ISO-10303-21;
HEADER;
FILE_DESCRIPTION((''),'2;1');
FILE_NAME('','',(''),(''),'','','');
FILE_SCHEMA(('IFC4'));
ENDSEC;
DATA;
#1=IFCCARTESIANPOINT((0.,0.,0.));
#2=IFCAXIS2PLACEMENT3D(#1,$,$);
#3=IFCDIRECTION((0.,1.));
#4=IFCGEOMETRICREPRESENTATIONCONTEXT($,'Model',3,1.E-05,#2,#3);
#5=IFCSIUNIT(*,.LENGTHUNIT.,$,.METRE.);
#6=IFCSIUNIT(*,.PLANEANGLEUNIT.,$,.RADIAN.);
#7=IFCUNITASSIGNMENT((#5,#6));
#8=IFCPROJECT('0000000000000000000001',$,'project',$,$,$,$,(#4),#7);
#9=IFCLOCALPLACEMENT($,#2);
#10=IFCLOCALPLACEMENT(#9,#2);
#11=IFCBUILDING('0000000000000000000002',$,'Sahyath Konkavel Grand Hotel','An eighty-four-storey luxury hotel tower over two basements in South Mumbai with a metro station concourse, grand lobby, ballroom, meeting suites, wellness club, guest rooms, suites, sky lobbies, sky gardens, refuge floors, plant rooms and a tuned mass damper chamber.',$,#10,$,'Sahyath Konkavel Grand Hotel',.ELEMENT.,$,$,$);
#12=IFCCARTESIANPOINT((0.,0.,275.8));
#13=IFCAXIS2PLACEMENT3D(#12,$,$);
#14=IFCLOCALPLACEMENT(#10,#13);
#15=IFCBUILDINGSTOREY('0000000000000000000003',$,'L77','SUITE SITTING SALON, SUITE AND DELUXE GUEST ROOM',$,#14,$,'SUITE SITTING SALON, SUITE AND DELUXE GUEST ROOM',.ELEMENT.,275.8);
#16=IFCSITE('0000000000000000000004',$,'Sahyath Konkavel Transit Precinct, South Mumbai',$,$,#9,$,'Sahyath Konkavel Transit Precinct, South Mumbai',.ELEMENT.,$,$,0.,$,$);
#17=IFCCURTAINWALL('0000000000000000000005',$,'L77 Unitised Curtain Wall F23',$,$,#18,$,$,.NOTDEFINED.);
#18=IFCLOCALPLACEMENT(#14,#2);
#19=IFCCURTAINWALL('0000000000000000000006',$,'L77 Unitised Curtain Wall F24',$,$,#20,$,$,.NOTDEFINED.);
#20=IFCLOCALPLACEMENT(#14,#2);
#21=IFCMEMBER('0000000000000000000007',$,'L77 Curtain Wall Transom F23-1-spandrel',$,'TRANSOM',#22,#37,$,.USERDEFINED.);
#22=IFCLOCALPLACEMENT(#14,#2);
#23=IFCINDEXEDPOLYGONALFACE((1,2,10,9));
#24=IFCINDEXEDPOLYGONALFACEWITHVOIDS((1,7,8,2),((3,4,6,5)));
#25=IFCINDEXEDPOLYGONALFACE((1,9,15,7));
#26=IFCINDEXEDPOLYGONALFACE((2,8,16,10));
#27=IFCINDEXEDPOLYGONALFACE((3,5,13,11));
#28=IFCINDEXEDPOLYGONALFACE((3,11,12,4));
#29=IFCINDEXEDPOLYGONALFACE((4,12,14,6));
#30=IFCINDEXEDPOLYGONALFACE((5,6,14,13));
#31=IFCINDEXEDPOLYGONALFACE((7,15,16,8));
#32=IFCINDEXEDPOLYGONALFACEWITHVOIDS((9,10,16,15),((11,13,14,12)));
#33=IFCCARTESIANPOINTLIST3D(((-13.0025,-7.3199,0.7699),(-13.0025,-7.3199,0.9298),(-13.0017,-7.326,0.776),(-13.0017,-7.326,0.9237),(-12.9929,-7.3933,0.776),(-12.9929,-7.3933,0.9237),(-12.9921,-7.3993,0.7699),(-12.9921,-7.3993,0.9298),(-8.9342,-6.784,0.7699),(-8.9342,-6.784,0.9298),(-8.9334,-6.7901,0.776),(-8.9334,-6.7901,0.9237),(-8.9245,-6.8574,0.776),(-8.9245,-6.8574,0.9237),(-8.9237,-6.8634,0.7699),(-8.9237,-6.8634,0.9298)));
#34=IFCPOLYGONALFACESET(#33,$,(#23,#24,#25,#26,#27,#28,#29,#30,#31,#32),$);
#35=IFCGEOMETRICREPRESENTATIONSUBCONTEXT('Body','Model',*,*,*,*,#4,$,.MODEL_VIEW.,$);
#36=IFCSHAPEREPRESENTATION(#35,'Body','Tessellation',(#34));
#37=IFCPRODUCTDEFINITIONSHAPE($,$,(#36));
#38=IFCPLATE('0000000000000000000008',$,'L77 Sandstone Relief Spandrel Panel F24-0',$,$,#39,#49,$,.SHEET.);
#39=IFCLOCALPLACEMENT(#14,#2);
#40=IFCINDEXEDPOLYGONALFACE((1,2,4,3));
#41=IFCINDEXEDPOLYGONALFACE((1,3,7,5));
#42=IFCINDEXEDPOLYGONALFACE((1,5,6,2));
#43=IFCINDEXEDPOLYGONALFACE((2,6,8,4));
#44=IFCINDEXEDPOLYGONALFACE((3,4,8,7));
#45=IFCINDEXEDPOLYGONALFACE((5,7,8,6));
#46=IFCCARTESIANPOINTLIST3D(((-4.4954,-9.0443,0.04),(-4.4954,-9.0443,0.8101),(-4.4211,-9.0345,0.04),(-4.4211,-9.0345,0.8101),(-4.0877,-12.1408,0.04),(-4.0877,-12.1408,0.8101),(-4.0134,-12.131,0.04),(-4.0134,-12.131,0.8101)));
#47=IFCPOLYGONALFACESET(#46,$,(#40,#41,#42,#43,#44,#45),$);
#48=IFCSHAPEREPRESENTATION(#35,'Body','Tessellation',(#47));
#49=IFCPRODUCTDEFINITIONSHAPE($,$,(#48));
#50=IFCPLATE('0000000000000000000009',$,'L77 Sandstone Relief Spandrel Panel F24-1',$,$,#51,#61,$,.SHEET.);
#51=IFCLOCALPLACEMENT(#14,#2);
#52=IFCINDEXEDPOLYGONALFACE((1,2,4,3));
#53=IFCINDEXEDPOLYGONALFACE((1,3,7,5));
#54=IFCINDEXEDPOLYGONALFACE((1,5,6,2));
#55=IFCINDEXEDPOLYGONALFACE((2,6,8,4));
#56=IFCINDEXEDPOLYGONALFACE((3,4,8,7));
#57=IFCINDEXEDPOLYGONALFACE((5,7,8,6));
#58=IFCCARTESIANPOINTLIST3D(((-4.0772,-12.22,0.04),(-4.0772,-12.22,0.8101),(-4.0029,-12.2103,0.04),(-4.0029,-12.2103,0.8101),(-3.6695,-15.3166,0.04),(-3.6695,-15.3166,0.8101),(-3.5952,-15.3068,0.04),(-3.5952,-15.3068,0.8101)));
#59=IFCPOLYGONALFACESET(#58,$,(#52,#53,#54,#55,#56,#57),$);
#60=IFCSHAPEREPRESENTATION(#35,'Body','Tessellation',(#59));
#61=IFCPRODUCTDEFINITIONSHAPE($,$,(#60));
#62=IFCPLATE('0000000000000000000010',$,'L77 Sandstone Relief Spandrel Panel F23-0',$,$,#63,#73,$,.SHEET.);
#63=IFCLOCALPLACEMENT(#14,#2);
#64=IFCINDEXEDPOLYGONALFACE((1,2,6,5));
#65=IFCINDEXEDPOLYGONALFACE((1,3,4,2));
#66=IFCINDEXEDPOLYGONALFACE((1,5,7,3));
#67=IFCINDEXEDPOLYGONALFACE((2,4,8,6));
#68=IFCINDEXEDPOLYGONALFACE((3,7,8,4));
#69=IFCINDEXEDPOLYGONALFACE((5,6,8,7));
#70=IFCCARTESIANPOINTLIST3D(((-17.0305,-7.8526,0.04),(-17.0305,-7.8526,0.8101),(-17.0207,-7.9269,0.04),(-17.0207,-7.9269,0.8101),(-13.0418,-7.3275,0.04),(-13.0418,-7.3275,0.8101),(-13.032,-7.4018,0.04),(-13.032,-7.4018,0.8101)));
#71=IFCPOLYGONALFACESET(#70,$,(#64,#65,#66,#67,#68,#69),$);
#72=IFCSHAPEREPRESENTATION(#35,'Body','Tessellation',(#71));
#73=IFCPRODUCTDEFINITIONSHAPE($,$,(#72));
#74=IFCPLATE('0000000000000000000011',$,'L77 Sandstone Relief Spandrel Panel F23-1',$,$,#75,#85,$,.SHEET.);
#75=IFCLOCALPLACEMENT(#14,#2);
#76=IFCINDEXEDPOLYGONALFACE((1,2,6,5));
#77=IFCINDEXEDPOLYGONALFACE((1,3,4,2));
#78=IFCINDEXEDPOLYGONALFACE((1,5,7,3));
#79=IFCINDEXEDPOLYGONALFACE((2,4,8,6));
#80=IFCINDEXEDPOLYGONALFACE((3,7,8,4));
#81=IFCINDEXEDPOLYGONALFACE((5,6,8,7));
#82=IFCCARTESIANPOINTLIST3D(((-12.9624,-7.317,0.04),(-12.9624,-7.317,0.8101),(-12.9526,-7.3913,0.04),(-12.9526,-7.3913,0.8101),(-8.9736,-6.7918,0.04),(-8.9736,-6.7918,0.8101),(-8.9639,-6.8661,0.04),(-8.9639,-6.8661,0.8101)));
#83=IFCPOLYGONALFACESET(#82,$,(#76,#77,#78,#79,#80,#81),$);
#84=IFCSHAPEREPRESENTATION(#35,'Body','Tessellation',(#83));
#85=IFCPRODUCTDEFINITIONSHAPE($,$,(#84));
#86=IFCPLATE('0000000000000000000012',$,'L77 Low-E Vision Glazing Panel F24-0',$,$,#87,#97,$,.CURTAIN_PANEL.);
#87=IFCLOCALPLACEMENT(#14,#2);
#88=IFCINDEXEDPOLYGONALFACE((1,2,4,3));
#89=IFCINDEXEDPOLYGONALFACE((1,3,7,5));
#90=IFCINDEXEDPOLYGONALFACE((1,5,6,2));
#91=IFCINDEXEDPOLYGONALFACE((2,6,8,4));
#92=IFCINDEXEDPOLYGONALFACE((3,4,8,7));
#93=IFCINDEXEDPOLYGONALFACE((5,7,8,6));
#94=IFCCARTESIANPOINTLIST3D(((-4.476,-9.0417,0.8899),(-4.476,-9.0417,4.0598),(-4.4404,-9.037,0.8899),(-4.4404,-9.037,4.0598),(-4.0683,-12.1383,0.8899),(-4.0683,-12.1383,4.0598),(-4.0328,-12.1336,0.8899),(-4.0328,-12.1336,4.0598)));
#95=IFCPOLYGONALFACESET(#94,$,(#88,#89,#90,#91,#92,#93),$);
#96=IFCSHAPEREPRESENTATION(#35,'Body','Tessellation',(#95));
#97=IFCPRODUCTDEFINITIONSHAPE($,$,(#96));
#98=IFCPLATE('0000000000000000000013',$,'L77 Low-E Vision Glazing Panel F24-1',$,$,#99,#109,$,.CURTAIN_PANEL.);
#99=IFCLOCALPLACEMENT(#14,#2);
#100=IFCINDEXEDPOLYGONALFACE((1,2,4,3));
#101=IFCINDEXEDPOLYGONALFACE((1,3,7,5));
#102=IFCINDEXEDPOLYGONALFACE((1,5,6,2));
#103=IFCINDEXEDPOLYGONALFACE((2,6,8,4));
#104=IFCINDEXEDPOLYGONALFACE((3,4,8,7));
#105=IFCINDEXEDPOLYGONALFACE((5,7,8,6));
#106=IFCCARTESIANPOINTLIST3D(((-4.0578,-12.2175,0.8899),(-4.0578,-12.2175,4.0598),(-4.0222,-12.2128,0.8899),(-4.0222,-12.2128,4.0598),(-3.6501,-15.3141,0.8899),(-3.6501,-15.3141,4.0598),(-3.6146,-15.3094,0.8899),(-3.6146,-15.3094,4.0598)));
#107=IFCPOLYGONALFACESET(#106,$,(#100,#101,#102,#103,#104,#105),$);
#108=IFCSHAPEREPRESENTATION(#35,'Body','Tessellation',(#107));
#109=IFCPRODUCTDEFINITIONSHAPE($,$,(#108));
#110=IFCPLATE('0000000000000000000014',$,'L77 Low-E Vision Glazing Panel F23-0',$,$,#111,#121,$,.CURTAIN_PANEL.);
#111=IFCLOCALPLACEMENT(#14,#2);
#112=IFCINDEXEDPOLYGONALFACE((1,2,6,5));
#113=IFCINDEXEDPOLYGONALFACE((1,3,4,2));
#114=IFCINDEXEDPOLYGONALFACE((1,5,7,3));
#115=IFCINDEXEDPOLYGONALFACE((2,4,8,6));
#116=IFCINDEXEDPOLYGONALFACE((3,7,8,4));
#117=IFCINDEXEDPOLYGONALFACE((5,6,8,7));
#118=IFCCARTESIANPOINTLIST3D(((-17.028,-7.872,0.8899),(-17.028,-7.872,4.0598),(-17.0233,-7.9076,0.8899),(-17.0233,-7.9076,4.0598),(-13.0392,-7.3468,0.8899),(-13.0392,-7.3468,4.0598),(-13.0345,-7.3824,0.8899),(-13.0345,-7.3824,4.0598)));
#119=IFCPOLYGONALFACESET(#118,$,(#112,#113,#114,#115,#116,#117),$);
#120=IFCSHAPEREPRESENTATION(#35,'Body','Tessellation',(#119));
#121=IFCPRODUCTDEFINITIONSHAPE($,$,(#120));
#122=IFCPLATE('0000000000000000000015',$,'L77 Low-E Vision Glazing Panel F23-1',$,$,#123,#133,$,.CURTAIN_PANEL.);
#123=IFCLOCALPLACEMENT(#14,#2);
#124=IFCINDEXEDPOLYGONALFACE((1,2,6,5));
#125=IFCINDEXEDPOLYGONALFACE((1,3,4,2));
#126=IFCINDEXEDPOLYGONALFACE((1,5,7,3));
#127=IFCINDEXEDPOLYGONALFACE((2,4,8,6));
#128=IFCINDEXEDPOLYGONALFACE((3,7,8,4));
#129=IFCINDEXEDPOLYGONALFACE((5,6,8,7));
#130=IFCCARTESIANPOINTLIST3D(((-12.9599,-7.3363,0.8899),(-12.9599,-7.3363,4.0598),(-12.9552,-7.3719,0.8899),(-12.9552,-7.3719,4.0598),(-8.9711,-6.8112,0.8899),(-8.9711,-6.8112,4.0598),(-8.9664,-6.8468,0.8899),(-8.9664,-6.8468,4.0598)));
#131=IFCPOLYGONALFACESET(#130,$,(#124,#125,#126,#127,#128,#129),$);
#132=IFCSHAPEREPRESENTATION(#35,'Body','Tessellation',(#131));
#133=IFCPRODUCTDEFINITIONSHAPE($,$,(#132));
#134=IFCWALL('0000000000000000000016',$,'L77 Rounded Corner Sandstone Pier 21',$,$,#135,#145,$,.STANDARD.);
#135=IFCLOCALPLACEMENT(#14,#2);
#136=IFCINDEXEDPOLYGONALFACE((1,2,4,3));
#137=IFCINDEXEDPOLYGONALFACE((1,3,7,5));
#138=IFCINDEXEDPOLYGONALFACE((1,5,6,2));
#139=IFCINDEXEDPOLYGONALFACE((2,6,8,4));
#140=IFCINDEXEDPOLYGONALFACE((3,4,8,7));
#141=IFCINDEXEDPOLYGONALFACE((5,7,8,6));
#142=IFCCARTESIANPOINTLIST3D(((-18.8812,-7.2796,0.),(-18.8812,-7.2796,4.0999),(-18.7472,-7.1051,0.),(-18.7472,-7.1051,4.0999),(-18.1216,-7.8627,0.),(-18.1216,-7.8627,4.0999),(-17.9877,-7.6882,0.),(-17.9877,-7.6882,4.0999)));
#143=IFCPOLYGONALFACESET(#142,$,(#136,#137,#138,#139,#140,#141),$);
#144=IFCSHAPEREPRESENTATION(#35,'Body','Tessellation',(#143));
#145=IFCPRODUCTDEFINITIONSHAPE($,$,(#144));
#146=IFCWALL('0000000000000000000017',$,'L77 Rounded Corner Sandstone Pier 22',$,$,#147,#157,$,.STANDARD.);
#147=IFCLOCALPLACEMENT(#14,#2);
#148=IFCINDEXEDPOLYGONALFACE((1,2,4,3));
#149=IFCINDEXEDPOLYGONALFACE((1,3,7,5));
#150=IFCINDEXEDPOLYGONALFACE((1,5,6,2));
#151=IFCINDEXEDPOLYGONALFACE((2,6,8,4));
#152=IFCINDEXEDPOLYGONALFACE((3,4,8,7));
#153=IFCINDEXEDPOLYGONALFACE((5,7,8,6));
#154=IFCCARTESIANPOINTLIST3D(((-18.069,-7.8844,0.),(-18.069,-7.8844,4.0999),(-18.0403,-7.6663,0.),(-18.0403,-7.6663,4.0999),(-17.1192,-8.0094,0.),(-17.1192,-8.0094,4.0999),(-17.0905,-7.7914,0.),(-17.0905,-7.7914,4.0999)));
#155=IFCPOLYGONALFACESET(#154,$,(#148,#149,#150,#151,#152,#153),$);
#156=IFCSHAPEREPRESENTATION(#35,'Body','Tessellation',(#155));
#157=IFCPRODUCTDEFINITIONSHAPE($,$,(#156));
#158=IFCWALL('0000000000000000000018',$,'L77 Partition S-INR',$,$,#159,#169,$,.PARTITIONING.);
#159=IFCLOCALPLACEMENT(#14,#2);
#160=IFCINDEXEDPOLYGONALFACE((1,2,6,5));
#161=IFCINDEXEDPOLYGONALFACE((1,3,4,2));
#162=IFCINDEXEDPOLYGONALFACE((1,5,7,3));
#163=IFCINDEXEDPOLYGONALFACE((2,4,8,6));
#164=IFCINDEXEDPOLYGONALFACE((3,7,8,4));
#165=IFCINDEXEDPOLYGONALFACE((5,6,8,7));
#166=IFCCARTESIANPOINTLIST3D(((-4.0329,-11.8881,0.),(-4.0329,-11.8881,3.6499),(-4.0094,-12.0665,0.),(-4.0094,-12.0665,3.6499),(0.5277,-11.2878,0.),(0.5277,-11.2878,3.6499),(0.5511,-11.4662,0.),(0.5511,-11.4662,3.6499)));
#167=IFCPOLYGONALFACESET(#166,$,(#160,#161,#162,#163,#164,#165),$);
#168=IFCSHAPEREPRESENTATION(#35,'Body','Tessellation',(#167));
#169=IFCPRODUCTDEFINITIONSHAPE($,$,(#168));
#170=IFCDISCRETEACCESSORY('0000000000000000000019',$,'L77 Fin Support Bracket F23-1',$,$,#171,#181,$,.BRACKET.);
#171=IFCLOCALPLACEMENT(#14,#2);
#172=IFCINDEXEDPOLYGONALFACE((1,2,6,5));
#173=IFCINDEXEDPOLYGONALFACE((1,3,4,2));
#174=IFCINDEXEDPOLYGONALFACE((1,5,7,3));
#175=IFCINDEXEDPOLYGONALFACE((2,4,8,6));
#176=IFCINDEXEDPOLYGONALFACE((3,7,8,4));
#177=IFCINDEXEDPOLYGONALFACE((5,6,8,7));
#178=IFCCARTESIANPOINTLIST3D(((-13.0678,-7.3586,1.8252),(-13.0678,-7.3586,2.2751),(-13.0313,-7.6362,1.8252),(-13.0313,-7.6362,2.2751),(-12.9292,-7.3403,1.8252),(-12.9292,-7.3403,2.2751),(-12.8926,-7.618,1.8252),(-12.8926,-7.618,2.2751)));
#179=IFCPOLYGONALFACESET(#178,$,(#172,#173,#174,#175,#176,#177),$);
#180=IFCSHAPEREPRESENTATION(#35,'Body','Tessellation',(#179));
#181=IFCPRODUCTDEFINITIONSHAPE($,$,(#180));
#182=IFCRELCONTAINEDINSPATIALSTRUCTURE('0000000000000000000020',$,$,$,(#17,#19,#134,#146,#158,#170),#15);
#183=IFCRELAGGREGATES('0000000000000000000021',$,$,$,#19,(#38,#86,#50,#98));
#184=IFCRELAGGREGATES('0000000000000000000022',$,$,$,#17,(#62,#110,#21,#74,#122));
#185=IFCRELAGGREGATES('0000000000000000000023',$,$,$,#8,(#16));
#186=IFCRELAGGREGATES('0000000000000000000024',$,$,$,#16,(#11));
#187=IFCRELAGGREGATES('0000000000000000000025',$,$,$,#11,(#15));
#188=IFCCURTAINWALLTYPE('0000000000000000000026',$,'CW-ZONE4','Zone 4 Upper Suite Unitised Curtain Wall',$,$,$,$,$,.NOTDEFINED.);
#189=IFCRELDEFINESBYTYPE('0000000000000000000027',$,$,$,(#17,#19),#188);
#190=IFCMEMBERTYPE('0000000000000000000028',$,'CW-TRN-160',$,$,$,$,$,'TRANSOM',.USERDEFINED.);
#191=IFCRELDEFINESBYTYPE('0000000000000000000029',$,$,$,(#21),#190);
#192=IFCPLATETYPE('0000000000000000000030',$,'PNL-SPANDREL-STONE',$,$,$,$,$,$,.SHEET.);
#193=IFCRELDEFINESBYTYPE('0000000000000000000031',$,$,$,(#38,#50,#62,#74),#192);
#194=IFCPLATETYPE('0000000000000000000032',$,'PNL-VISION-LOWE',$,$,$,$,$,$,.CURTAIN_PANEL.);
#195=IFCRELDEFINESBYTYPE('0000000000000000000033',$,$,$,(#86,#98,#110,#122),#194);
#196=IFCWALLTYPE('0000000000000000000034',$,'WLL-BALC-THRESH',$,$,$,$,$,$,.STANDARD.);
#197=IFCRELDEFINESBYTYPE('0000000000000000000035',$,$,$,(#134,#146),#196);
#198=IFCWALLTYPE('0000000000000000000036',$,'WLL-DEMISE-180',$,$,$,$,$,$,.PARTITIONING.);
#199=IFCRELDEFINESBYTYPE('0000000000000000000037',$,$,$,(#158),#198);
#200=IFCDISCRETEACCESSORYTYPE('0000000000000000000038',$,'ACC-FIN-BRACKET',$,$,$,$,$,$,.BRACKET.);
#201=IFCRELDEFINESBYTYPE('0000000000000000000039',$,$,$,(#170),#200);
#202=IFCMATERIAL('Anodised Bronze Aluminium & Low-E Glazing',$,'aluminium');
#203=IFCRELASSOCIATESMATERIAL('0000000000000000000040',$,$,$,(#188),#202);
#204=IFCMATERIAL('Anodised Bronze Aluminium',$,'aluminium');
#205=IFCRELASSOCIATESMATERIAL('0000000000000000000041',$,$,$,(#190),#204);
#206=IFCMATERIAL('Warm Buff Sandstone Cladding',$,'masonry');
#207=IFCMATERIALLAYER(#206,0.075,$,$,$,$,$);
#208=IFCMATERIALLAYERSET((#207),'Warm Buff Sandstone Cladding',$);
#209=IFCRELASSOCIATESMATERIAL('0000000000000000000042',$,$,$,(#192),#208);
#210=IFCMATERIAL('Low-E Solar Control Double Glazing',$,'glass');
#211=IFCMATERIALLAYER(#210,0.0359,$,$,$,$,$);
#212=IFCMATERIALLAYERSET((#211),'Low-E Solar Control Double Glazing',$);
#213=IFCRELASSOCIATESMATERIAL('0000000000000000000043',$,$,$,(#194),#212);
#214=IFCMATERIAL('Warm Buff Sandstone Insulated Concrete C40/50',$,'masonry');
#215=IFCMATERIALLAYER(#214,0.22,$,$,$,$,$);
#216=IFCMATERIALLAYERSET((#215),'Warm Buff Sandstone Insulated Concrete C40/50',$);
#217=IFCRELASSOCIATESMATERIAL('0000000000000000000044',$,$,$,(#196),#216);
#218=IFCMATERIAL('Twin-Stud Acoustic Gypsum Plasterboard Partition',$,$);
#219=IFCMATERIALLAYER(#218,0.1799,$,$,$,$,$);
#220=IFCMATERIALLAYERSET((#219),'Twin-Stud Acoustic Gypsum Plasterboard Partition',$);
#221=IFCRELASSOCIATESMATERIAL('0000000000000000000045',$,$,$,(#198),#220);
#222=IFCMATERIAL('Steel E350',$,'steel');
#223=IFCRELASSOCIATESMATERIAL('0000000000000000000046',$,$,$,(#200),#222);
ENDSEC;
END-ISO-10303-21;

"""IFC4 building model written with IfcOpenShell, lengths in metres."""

from ifc_helpers import new_model, si_unit, direction, frame, frame_2d, origin, origin_2d, place, context, subcontext, project, spatial, rectangle, hollow_rectangle, extrude, source, transform, mapped, material, layer, layer_set, material_profile, profile_set, type_object, element, aggregate, save


model = new_model("IFC4")

# Units and contexts
model_context = context("Model", 3, precision=1e-05, world=origin(), true_north=direction((0.0, 1.0)))
body_context = subcontext(model_context, "Body", "Model", "MODEL_VIEW")
ifc_project = project(units=[si_unit("LENGTHUNIT", "METRE"), si_unit("PLANEANGLEUNIT", "RADIAN")], contexts=[model_context])

# Site, building, storey
site_placement = place(None, origin())
site = spatial("IfcSite", under=ifc_project, at=site_placement, Name="Sahyath Konkavel Transit Precinct, South Mumbai", LongName="Sahyath Konkavel Transit Precinct, South Mumbai", CompositionType="ELEMENT", RefElevation=0.0)
building_placement = place(site_placement, origin())
building = spatial("IfcBuilding", under=site, at=building_placement, Name="Sahyath Konkavel Grand Hotel", Description="An eighty-four-storey luxury hotel tower over two basements in South Mumbai with a metro station concourse, grand lobby, ballroom, meeting suites, wellness club, guest rooms, suites, sky lobbies, sky gardens, refuge floors, plant rooms and a tuned mass damper chamber.", LongName="Sahyath Konkavel Grand Hotel", CompositionType="ELEMENT")
storey_placement = place(building_placement, frame((0.0, 0.0, 275.8)))
storey = spatial("IfcBuildingStorey", under=building, at=storey_placement, Name="L77", Description="SUITE SITTING SALON, SUITE AND DELUXE GUEST ROOM", LongName="SUITE SITTING SALON, SUITE AND DELUXE GUEST ROOM", CompositionType="ELEMENT", Elevation=275.8)

# Shared definitions
ifc_material_1 = material(Name="Anodised Bronze Aluminium & Low-E Glazing", Category="aluminium")
curtain_wall_type = type_object("IfcCurtainWallType", Name="CW-ZONE4", Description="Zone 4 Upper Suite Unitised Curtain Wall", PredefinedType="NOTDEFINED", material=ifc_material_1)
ifc_material_2 = material(Name="Anodised Bronze Aluminium", Category="aluminium")

# Curtain walls
curtain_wall_1_placement = place(storey_placement, origin())
curtain_wall_1 = element("IfcCurtainWall", 1, at=curtain_wall_1_placement, inside=storey, type_object=curtain_wall_type, Name="L77 Unitised Curtain Wall F23", PredefinedType="NOTDEFINED")
curtain_wall_2_placement = place(storey_placement, origin())
curtain_wall_2 = element("IfcCurtainWall", 2, at=curtain_wall_2_placement, inside=storey, type_object=curtain_wall_type, Name="L77 Unitised Curtain Wall F24", PredefinedType="NOTDEFINED")

# Member
ifc_material_profile_1 = material_profile(ifc_material_2, hollow_rectangle(XDim=0.0801, YDim=0.1599, WallThickness=0.0061, at=origin_2d()), Name="RHS 160x80x6")
ifc_profile_set_1 = profile_set([ifc_material_profile_1], Name="Anodised Bronze Aluminium")
member_type_1 = type_object("IfcMemberType", Name="CW-TRN-160", ElementType="TRANSOM", PredefinedType="USERDEFINED", material=ifc_profile_set_1)
shared_shape_1 = source(origin(), body_context, "Body", "SweptSolid", [
    extrude(hollow_rectangle(XDim=0.0801, YDim=0.1599, WallThickness=0.0061, at=origin_2d()), origin(), (0.0, 0.0, 1.0), 4.1035),
])
member_1_placement = place(storey_placement, frame((-12.9973, -7.3596, 0.8499), z_axis=(0.991436, 0.130593, 0.0), x_axis=(-0.130593, 0.991436, 0.0)))
member_1 = element("IfcMember", 3, at=member_1_placement, type_object=member_type_1, Name="L77 Curtain Wall Transom F23-1-spandrel", ObjectType="TRANSOM", PredefinedType="USERDEFINED", context=body_context, shape_type="MappedRepresentation", body=[
    mapped(shared_shape_1, transform((0.0, 0.0, 0.0), scale=1.0)),
])

# Plates
ifc_material_3 = material(Name="Warm Buff Sandstone Cladding", Category="masonry")
ifc_layer_1 = layer(ifc_material_3, 0.075)
ifc_layer_set_1 = layer_set([ifc_layer_1], Name="Warm Buff Sandstone Cladding")
plate_type_1 = type_object("IfcPlateType", Name="PNL-SPANDREL-STONE", PredefinedType="SHEET", material=ifc_layer_set_1)
shared_shape_2 = source(origin(), body_context, "Body", "SweptSolid", [
    extrude(rectangle(XDim=3.1233, YDim=0.075, at=origin_2d()), origin(), (0.0, 0.0, 1.0), 0.77),
])
plate_1_placement = place(storey_placement, frame((-4.2544, -10.5876, 0.04), z_axis=(0.0, 0.0, 1.0), x_axis=(0.130526, -0.991445, 0.0)))
plate_1 = element("IfcPlate", 4, at=plate_1_placement, type_object=plate_type_1, Name="L77 Sandstone Relief Spandrel Panel F24-0", PredefinedType="SHEET", context=body_context, shape_type="MappedRepresentation", body=[
    mapped(shared_shape_2, transform((0.0, 0.0, 0.0), scale=1.0)),
])
plate_2_placement = place(storey_placement, frame((-3.8362, -13.7634, 0.04), z_axis=(0.0, 0.0, 1.0), x_axis=(0.130526, -0.991445, 0.0)))
plate_2 = element("IfcPlate", 5, at=plate_2_placement, type_object=plate_type_1, Name="L77 Sandstone Relief Spandrel Panel F24-1", PredefinedType="SHEET", context=body_context, shape_type="MappedRepresentation", body=[
    mapped(shared_shape_2, transform((0.0, 0.0, 0.0), scale=1.0)),
])
shared_shape_3 = source(origin(), body_context, "Body", "SweptSolid", [
    extrude(rectangle(XDim=4.0232, YDim=0.075, at=origin_2d()), origin(), (0.0, 0.0, 1.0), 0.77),
])
plate_3_placement = place(storey_placement, frame((-15.0312, -7.6272, 0.04), z_axis=(0.0, 0.0, 1.0), x_axis=(0.991445, 0.130526, 0.0)))
plate_3 = element("IfcPlate", 6, at=plate_3_placement, type_object=plate_type_1, Name="L77 Sandstone Relief Spandrel Panel F23-0", PredefinedType="SHEET", context=body_context, shape_type="MappedRepresentation", body=[
    mapped(shared_shape_3, transform((0.0, 0.0, 0.0), scale=1.0)),
])
plate_4_placement = place(storey_placement, frame((-10.9631, -7.0916, 0.04), z_axis=(0.0, 0.0, 1.0), x_axis=(0.991445, 0.130526, 0.0)))
plate_4 = element("IfcPlate", 7, at=plate_4_placement, type_object=plate_type_1, Name="L77 Sandstone Relief Spandrel Panel F23-1", PredefinedType="SHEET", context=body_context, shape_type="MappedRepresentation", body=[
    mapped(shared_shape_3, transform((0.0, 0.0, 0.0), scale=1.0)),
])
ifc_material_4 = material(Name="Low-E Solar Control Double Glazing", Category="glass")
ifc_layer_2 = layer(ifc_material_4, 0.0359)
ifc_layer_set_2 = layer_set([ifc_layer_2], Name="Low-E Solar Control Double Glazing")
plate_type_2 = type_object("IfcPlateType", Name="PNL-VISION-LOWE", PredefinedType="CURTAIN_PANEL", material=ifc_layer_set_2)
shared_shape_4 = source(origin(), body_context, "Body", "SweptSolid", [
    extrude(rectangle(XDim=3.1233, YDim=0.0359, at=origin_2d()), origin(), (0.0, 0.0, 1.0), 3.1699),
])
plate_5_placement = place(storey_placement, frame((-4.2544, -10.5876, 0.8899), z_axis=(0.0, 0.0, 1.0), x_axis=(0.130526, -0.991445, 0.0)))
plate_5 = element("IfcPlate", 8, at=plate_5_placement, type_object=plate_type_2, Name="L77 Low-E Vision Glazing Panel F24-0", PredefinedType="CURTAIN_PANEL", context=body_context, shape_type="MappedRepresentation", body=[
    mapped(shared_shape_4, transform((0.0, 0.0, 0.0), scale=1.0)),
])
plate_6_placement = place(storey_placement, frame((-3.8362, -13.7634, 0.8899), z_axis=(0.0, 0.0, 1.0), x_axis=(0.130526, -0.991445, 0.0)))
plate_6 = element("IfcPlate", 9, at=plate_6_placement, type_object=plate_type_2, Name="L77 Low-E Vision Glazing Panel F24-1", PredefinedType="CURTAIN_PANEL", context=body_context, shape_type="MappedRepresentation", body=[
    mapped(shared_shape_4, transform((0.0, 0.0, 0.0), scale=1.0)),
])
aggregate(curtain_wall_2, [plate_1, plate_5, plate_2, plate_6])
shared_shape_5 = source(origin(), body_context, "Body", "SweptSolid", [
    extrude(rectangle(XDim=4.0232, YDim=0.0359, at=origin_2d()), origin(), (0.0, 0.0, 1.0), 3.1699),
])
plate_7_placement = place(storey_placement, frame((-15.0312, -7.6272, 0.8899), z_axis=(0.0, 0.0, 1.0), x_axis=(0.991445, 0.130526, 0.0)))
plate_7 = element("IfcPlate", 10, at=plate_7_placement, type_object=plate_type_2, Name="L77 Low-E Vision Glazing Panel F23-0", PredefinedType="CURTAIN_PANEL", context=body_context, shape_type="MappedRepresentation", body=[
    mapped(shared_shape_5, transform((0.0, 0.0, 0.0), scale=1.0)),
])
plate_8_placement = place(storey_placement, frame((-10.9631, -7.0916, 0.8899), z_axis=(0.0, 0.0, 1.0), x_axis=(0.991445, 0.130526, 0.0)))
plate_8 = element("IfcPlate", 11, at=plate_8_placement, type_object=plate_type_2, Name="L77 Low-E Vision Glazing Panel F23-1", PredefinedType="CURTAIN_PANEL", context=body_context, shape_type="MappedRepresentation", body=[
    mapped(shared_shape_5, transform((0.0, 0.0, 0.0), scale=1.0)),
])
aggregate(curtain_wall_1, [plate_3, plate_7, member_1, plate_4, plate_8])

# Walls
ifc_material_5 = material(Name="Warm Buff Sandstone Insulated Concrete C40/50", Category="masonry")
ifc_layer_3 = layer(ifc_material_5, 0.22)
ifc_layer_set_3 = layer_set([ifc_layer_3], Name="Warm Buff Sandstone Insulated Concrete C40/50")
wall_type_1 = type_object("IfcWallType", Name="WLL-BALC-THRESH", PredefinedType="STANDARD", material=ifc_layer_set_3)
wall_1_placement = place(storey_placement, frame((-18.8142, -7.1924, 0.0), z_axis=(0.0, 0.0, 1.0), x_axis=(0.793249, -0.608897, 0.0)))
element("IfcWall", 12, at=wall_1_placement, inside=storey, type_object=wall_type_1, Name="L77 Rounded Corner Sandstone Pier 21", PredefinedType="STANDARD", context=body_context, shape_type="SweptSolid", body=[
    extrude(rectangle(XDim=0.9575, YDim=0.22, at=frame_2d((0.4788, 0.0))), origin(), (0.0, 0.0, 1.0), 4.0999),
])
wall_2_placement = place(storey_placement, frame((-18.0547, -7.7754, 0.0), z_axis=(0.0, 0.0, 1.0), x_axis=(0.991449, -0.130494, 0.0)))
element("IfcWall", 13, at=wall_2_placement, inside=storey, type_object=wall_type_1, Name="L77 Rounded Corner Sandstone Pier 22", PredefinedType="STANDARD", context=body_context, shape_type="SweptSolid", body=[
    extrude(rectangle(XDim=0.958, YDim=0.22, at=frame_2d((0.479, 0.0))), origin(), (0.0, 0.0, 1.0), 4.0999),
])
ifc_material_6 = material(Name="Twin-Stud Acoustic Gypsum Plasterboard Partition")
ifc_layer_4 = layer(ifc_material_6, 0.1799)
ifc_layer_set_4 = layer_set([ifc_layer_4], Name="Twin-Stud Acoustic Gypsum Plasterboard Partition")
wall_type_2 = type_object("IfcWallType", Name="WLL-DEMISE-180", PredefinedType="PARTITIONING", material=ifc_layer_set_4)
wall_3_placement = place(storey_placement, frame((-4.021, -11.9773, 0.0), z_axis=(0.0, 0.0, 1.0), x_axis=(0.991447, 0.130512, 0.0)))
element("IfcWall", 14, at=wall_3_placement, inside=storey, type_object=wall_type_2, Name="L77 Partition S-INR", PredefinedType="PARTITIONING", context=body_context, shape_type="SweptSolid", body=[
    extrude(rectangle(XDim=4.5999, YDim=0.1799, at=frame_2d((2.2998, 0.0))), origin(), (0.0, 0.0, 1.0), 3.6499),
])

# Discrete accessory
ifc_material_7 = material(Name="Steel E350", Category="steel")
discrete_accessory_type = type_object("IfcDiscreteAccessoryType", Name="ACC-FIN-BRACKET", PredefinedType="BRACKET", material=ifc_material_7)
shared_shape_6 = source(origin(), body_context, "Body", "SweptSolid", [
    extrude(rectangle(XDim=0.28, YDim=0.1399, at=origin_2d()), origin(), (0.0, 0.0, 1.0), 0.45),
])
for number, where, z_axis, x_axis, name in (
    (15, (-12.9802, -7.4883, 1.8252), (0.0, 0.0, 1.0), (0.130526, -0.991445, 0.0), "L77 Fin Support Bracket F23-1"),
):
    element("IfcDiscreteAccessory", number, at=place(storey_placement, frame(where, z_axis=z_axis, x_axis=x_axis)), inside=storey, type_object=discrete_accessory_type, Name=name, PredefinedType="BRACKET", context=body_context, shape_type="MappedRepresentation", body=[
        mapped(shared_shape_6, transform((0.0, 0.0, 0.0), scale=1.0)),
    ])

save(model, "model.ifc")
